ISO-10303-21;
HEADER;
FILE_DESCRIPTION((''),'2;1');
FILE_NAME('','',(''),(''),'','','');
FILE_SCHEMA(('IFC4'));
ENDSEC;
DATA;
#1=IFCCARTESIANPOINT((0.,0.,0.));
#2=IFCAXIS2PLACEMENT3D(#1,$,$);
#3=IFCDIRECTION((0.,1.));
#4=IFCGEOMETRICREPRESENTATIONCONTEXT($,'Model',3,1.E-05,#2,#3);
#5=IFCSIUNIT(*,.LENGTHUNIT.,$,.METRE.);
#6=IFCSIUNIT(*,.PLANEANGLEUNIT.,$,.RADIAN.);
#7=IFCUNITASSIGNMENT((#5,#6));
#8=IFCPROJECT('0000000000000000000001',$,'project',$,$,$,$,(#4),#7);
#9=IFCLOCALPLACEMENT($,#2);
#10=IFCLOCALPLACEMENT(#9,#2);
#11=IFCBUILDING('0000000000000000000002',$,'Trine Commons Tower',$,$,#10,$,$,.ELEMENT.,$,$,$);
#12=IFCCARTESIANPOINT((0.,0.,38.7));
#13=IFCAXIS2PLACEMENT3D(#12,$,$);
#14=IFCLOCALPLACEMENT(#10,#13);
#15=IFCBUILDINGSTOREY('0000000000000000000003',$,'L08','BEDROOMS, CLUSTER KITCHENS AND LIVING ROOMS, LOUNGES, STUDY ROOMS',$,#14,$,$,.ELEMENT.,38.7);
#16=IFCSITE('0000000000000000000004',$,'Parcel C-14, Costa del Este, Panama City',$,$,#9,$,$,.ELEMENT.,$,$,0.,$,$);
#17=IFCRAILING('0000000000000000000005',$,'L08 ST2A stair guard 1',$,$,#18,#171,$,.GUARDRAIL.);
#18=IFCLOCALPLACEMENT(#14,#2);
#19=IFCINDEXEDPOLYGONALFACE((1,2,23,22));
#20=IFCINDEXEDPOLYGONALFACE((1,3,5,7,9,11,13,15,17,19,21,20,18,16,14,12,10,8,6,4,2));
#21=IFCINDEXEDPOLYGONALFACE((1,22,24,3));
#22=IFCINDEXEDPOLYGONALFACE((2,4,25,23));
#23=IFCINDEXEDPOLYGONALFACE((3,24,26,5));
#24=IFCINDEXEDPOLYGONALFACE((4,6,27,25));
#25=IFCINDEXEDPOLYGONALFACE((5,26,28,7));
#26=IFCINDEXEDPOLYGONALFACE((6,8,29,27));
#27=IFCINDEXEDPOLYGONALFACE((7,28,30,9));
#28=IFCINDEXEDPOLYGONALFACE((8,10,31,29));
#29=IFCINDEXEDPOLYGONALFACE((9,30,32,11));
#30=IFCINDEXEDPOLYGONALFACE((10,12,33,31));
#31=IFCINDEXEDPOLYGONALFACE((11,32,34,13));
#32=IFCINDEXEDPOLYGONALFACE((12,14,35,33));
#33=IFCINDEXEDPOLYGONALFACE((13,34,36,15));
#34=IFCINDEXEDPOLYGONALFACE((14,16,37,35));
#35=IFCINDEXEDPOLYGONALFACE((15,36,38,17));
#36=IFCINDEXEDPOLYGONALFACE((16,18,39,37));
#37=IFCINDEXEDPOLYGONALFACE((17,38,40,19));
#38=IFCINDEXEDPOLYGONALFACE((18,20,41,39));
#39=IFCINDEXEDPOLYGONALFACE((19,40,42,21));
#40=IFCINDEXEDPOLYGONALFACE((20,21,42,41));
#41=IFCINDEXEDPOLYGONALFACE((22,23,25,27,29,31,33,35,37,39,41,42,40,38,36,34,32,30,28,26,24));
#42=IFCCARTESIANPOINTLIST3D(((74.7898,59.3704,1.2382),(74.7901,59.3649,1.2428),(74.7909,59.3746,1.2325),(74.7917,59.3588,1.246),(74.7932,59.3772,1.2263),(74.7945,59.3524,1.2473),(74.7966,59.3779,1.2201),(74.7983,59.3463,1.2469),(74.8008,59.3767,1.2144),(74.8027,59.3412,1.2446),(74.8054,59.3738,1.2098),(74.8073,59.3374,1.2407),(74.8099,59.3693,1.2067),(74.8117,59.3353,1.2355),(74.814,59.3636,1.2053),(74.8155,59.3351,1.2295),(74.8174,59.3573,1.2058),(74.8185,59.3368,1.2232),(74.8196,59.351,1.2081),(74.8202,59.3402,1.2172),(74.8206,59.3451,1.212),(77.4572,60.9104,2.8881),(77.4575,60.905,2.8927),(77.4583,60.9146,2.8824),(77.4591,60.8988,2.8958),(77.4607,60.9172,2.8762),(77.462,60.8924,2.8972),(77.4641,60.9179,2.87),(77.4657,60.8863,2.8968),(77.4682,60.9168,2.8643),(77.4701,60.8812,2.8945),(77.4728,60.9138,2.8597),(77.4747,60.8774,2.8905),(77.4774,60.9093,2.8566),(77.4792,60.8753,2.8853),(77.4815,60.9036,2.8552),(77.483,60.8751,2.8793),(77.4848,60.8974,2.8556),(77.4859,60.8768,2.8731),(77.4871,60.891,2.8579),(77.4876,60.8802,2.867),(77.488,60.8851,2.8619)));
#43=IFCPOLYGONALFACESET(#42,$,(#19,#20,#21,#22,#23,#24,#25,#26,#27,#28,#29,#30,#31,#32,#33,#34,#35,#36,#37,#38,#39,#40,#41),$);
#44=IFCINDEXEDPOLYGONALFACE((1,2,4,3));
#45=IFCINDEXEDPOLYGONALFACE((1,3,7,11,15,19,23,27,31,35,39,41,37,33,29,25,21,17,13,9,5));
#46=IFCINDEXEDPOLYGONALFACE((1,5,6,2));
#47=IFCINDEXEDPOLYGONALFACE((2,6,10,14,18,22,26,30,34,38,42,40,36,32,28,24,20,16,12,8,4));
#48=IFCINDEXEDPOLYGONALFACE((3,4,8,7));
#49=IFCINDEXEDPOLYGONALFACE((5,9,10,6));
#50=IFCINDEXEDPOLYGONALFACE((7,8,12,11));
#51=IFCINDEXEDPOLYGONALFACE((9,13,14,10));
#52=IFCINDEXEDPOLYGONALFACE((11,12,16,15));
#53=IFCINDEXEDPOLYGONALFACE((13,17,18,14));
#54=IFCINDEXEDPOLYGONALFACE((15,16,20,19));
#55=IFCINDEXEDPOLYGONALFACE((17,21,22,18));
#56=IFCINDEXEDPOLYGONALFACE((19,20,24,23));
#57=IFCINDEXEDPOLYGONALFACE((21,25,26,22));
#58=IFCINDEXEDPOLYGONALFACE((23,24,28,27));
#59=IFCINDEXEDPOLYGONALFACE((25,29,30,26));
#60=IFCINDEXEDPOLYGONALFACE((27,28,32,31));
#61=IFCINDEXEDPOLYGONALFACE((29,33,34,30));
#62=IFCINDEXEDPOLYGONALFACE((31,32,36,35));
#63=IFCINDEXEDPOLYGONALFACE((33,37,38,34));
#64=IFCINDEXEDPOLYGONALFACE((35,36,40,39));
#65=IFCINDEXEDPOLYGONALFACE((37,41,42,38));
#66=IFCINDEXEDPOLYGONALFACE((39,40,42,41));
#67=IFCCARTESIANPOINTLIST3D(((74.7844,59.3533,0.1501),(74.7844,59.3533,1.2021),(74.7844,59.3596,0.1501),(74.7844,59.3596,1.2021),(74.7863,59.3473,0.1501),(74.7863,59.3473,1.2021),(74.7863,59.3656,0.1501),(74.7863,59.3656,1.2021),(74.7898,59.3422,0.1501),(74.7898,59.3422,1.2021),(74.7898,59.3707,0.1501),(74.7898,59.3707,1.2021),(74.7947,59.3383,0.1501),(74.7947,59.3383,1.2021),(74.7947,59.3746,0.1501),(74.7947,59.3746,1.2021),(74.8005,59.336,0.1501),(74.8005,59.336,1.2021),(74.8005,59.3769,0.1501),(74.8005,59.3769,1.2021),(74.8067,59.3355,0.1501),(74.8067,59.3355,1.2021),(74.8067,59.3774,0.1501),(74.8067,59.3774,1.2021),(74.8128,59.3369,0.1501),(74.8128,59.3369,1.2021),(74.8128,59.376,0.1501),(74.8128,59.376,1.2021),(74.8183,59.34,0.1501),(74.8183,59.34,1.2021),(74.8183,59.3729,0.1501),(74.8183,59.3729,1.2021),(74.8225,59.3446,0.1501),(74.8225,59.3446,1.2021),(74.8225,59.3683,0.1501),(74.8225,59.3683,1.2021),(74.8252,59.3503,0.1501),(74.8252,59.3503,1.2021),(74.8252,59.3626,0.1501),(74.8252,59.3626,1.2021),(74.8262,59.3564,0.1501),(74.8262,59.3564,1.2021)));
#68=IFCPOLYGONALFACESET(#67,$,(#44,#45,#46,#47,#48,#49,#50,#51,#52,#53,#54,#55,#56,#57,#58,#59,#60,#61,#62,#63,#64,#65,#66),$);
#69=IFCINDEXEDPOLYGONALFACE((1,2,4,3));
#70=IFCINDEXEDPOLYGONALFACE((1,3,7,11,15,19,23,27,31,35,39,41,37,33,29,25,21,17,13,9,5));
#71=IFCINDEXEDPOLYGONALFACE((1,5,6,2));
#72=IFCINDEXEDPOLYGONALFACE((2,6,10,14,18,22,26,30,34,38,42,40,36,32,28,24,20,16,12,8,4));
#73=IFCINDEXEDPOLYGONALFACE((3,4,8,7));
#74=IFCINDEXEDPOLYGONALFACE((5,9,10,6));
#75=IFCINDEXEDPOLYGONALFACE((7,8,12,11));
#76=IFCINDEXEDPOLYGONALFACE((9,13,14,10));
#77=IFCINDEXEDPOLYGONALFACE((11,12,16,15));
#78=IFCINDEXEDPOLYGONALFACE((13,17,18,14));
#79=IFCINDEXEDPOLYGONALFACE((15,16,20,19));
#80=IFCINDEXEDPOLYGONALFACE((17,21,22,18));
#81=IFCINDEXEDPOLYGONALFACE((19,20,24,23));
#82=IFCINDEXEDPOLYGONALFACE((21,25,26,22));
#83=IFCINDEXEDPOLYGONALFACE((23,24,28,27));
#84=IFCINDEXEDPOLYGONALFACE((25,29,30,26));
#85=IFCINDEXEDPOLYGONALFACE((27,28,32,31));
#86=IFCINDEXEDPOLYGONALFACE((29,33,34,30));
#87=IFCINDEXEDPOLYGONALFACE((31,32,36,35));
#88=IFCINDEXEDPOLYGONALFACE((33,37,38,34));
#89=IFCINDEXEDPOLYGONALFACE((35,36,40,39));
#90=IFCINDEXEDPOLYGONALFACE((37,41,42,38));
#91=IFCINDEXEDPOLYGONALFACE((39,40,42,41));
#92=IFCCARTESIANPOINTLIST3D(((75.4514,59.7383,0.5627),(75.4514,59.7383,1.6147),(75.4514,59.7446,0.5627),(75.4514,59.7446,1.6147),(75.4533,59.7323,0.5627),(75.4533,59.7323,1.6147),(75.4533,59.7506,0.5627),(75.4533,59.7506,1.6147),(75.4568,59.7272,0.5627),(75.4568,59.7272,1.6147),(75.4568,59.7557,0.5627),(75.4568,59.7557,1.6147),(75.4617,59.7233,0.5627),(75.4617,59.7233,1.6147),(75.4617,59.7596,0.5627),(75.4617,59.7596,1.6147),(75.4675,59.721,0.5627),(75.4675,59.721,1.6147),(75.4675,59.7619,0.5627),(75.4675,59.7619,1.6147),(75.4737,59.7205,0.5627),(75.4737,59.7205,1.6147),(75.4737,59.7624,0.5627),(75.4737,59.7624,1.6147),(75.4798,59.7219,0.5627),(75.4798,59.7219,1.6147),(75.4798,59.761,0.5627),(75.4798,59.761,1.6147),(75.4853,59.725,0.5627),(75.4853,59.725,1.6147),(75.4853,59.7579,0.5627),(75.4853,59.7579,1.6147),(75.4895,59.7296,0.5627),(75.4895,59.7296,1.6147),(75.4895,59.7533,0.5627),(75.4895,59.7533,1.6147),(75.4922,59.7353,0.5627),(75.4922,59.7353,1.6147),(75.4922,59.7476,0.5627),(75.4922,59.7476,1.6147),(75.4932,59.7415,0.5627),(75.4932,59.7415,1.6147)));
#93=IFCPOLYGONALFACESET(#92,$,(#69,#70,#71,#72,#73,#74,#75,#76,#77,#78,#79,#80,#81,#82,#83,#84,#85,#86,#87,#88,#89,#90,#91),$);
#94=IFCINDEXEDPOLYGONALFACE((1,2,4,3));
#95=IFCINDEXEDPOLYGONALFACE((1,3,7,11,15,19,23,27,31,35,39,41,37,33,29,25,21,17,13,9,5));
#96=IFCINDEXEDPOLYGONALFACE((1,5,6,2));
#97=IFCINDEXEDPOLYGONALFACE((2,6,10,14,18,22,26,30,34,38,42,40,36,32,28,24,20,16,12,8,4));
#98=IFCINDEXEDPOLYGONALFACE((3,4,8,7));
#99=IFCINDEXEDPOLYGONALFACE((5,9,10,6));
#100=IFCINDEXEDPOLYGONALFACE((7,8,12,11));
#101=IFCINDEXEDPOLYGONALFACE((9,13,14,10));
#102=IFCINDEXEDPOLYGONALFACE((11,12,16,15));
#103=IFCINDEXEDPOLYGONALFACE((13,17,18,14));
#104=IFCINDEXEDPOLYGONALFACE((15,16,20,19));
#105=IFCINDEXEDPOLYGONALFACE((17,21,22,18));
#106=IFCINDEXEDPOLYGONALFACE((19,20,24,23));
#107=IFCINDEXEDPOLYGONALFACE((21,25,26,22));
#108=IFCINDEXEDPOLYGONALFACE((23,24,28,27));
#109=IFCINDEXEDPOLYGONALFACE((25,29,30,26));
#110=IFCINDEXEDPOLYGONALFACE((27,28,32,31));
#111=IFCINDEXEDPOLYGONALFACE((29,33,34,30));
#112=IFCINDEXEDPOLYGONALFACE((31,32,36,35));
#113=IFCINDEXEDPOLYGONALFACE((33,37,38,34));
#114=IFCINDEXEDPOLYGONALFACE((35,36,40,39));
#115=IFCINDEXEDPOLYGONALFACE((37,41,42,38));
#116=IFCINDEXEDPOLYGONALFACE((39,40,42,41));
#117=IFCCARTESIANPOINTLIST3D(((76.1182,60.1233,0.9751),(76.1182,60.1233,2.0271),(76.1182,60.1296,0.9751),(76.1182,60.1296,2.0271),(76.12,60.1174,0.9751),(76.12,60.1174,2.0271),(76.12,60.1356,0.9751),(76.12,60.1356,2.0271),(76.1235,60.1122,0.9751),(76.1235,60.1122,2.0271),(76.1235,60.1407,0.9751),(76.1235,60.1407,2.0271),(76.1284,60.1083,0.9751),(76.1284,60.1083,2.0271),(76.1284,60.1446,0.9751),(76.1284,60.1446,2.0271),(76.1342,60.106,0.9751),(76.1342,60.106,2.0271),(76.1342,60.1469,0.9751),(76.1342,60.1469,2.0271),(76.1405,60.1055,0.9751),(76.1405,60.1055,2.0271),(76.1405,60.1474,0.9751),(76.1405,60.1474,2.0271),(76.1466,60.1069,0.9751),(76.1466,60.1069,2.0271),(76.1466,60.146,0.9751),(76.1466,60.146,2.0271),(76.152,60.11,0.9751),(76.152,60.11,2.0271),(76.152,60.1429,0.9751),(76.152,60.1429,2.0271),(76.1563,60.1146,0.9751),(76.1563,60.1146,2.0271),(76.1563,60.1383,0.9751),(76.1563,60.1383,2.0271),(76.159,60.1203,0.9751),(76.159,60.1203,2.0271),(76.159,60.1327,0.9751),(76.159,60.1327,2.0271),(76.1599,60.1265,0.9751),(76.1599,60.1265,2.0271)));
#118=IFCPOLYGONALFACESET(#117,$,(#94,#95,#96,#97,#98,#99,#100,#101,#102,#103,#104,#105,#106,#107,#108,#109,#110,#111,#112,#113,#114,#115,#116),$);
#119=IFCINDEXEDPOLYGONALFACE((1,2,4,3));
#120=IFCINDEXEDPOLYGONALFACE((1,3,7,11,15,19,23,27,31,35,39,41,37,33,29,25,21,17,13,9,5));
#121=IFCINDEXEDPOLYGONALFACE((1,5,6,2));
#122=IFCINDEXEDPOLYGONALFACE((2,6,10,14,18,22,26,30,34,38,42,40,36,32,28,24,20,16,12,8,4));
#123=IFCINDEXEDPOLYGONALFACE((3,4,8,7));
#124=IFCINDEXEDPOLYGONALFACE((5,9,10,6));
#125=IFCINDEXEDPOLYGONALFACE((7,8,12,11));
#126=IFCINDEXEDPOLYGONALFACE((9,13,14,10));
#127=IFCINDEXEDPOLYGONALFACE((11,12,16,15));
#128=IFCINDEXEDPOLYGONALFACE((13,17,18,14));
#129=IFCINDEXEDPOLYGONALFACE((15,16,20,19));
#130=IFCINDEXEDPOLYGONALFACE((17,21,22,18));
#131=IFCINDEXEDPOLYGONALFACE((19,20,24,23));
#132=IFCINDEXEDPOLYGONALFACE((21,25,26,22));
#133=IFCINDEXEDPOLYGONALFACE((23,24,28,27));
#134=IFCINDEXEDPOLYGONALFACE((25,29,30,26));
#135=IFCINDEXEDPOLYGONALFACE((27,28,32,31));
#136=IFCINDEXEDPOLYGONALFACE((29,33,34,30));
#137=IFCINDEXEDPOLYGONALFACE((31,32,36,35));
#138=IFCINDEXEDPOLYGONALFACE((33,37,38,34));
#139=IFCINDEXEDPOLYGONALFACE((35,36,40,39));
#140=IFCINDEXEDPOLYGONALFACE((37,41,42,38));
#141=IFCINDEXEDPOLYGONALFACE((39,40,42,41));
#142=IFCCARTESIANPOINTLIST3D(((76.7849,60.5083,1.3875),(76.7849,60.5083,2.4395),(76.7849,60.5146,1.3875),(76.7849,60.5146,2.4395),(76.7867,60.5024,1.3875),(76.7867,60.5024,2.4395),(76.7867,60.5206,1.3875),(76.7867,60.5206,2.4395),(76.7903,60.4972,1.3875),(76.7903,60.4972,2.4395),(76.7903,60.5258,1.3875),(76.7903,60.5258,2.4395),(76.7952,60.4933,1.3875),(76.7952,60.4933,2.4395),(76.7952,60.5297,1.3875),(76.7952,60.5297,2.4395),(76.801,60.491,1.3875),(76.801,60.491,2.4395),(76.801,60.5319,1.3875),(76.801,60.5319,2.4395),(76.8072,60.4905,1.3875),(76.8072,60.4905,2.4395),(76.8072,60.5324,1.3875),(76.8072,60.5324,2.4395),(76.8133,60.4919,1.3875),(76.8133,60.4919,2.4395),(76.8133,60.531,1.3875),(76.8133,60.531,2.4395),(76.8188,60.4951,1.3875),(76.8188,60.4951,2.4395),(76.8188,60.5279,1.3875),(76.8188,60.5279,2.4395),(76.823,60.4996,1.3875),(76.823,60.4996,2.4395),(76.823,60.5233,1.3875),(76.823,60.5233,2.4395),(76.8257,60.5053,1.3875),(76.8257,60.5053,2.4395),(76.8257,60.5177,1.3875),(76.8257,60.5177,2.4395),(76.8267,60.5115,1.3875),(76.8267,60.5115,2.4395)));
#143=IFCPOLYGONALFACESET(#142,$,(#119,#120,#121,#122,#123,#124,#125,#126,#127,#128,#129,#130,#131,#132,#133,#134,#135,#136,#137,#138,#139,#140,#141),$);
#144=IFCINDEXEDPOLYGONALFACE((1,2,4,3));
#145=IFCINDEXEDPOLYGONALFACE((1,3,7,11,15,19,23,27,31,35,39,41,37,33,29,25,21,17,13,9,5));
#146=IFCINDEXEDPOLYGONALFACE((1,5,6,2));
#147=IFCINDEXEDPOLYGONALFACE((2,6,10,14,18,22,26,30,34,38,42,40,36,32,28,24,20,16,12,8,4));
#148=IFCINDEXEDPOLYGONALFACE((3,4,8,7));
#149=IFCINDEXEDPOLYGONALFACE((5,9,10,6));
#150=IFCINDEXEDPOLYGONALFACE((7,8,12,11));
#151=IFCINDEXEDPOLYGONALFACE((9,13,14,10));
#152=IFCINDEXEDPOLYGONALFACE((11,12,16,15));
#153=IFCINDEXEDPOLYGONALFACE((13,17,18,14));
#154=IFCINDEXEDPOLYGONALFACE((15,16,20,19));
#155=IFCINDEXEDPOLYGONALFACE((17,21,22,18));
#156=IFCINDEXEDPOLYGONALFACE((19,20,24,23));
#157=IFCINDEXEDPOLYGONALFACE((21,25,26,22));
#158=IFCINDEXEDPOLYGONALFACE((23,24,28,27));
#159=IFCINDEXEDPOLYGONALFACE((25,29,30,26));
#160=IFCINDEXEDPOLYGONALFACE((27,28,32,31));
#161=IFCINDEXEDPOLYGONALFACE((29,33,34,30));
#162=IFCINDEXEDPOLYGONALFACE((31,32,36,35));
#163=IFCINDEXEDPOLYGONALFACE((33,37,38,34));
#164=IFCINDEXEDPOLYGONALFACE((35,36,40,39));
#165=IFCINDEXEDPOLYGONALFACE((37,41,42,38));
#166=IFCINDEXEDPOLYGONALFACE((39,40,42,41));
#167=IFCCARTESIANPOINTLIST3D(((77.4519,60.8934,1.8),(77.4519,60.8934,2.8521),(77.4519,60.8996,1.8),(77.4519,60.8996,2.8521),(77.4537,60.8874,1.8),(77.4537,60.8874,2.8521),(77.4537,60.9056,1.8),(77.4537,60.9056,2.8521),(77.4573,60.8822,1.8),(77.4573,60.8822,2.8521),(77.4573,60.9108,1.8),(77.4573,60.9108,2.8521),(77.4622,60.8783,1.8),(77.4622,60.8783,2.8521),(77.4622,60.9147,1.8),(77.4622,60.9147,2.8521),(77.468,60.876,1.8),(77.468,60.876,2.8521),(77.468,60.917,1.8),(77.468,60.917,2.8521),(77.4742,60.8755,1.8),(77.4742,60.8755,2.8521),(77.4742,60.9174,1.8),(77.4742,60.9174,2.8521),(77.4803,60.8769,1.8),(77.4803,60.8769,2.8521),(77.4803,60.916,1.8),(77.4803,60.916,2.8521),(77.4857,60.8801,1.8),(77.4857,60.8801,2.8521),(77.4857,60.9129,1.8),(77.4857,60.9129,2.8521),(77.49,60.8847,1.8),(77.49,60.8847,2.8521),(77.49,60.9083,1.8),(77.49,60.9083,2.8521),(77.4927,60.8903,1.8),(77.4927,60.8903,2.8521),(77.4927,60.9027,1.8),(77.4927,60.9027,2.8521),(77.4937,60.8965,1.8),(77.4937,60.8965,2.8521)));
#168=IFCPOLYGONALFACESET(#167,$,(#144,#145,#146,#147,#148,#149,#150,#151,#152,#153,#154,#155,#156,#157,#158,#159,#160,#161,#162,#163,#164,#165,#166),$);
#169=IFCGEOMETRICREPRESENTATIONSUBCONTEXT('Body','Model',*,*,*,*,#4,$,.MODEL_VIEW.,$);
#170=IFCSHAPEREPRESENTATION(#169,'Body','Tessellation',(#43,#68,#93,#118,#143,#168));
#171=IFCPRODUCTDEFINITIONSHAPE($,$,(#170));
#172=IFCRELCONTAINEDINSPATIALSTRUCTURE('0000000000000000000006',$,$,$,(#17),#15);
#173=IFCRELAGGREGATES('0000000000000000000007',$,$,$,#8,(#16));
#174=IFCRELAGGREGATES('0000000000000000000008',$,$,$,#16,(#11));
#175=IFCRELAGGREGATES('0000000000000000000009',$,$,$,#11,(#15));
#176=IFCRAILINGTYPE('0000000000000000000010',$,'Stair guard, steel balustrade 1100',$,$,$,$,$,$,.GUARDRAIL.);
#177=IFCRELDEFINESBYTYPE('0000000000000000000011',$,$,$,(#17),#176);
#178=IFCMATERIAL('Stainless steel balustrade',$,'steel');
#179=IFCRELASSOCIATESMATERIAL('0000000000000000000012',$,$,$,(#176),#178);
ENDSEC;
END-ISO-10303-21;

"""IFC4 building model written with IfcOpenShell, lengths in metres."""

from ifc_helpers import new_model, si_unit, direction, frame, origin, origin_2d, place, context, subcontext, project, spatial, circle, extrude, material, type_object, element, save


model = new_model("IFC4")

# Units and contexts
model_context = context("Model", 3, precision=1e-05, world=origin(), true_north=direction((0.0, 1.0)))
body_context = subcontext(model_context, "Body", "Model", "MODEL_VIEW")
ifc_project = project(units=[si_unit("LENGTHUNIT", "METRE"), si_unit("PLANEANGLEUNIT", "RADIAN")], contexts=[model_context])

# Site, building, storey
site_placement = place(None, origin())
site = spatial("IfcSite", under=ifc_project, at=site_placement, Name="Parcel C-14, Costa del Este, Panama City", CompositionType="ELEMENT", RefElevation=0.0)
building_placement = place(site_placement, origin())
building = spatial("IfcBuilding", under=site, at=building_placement, Name="Trine Commons Tower", CompositionType="ELEMENT")
storey_placement = place(building_placement, frame((0.0, 0.0, 38.7)))
storey = spatial("IfcBuildingStorey", under=building, at=storey_placement, Name="L08", Description="BEDROOMS, CLUSTER KITCHENS AND LIVING ROOMS, LOUNGES, STUDY ROOMS", CompositionType="ELEMENT", Elevation=38.7)

# Railing
ifc_material_1 = material(Name="Stainless steel balustrade", Category="steel")
railing_type_1 = type_object("IfcRailingType", Name="Stair guard, steel balustrade 1100", PredefinedType="GUARDRAIL", material=ifc_material_1)
railing_1_placement = place(storey_placement, frame((74.8052, 59.3564, 0.1501)))
element("IfcRailing", 1, at=railing_1_placement, inside=storey, type_object=railing_type_1, Name="L08 ST2A stair guard 1", PredefinedType="GUARDRAIL", context=body_context, shape_type="SweptSolid", body=[
    extrude(circle(Radius=0.0239, at=origin_2d()), frame((0.0, 0.0, 1.0762), z_axis=(0.763405, 0.440743, 0.472185), x_axis=(-0.499992, 0.86603, 0.0)), (0.0, 0.0, 1.0), 3.4941),
    extrude(circle(Radius=0.021, at=origin_2d()), origin(), (0.0, 0.0, 1.0), 1.052),
    extrude(circle(Radius=0.021, at=origin_2d()), frame((0.667, 0.385, 0.4126)), (0.0, 0.0, 1.0), 1.052),
    extrude(circle(Radius=0.021, at=origin_2d()), frame((1.3337, 0.77, 0.825)), (0.0, 0.0, 1.0), 1.052),
    extrude(circle(Radius=0.021, at=origin_2d()), frame((2.0005, 1.155, 1.2373)), (0.0, 0.0, 1.0), 1.052),
    extrude(circle(Radius=0.021, at=origin_2d()), frame((2.6675, 1.54, 1.6499)), (0.0, 0.0, 1.0), 1.052),
])

save(model, "model.ifc")
